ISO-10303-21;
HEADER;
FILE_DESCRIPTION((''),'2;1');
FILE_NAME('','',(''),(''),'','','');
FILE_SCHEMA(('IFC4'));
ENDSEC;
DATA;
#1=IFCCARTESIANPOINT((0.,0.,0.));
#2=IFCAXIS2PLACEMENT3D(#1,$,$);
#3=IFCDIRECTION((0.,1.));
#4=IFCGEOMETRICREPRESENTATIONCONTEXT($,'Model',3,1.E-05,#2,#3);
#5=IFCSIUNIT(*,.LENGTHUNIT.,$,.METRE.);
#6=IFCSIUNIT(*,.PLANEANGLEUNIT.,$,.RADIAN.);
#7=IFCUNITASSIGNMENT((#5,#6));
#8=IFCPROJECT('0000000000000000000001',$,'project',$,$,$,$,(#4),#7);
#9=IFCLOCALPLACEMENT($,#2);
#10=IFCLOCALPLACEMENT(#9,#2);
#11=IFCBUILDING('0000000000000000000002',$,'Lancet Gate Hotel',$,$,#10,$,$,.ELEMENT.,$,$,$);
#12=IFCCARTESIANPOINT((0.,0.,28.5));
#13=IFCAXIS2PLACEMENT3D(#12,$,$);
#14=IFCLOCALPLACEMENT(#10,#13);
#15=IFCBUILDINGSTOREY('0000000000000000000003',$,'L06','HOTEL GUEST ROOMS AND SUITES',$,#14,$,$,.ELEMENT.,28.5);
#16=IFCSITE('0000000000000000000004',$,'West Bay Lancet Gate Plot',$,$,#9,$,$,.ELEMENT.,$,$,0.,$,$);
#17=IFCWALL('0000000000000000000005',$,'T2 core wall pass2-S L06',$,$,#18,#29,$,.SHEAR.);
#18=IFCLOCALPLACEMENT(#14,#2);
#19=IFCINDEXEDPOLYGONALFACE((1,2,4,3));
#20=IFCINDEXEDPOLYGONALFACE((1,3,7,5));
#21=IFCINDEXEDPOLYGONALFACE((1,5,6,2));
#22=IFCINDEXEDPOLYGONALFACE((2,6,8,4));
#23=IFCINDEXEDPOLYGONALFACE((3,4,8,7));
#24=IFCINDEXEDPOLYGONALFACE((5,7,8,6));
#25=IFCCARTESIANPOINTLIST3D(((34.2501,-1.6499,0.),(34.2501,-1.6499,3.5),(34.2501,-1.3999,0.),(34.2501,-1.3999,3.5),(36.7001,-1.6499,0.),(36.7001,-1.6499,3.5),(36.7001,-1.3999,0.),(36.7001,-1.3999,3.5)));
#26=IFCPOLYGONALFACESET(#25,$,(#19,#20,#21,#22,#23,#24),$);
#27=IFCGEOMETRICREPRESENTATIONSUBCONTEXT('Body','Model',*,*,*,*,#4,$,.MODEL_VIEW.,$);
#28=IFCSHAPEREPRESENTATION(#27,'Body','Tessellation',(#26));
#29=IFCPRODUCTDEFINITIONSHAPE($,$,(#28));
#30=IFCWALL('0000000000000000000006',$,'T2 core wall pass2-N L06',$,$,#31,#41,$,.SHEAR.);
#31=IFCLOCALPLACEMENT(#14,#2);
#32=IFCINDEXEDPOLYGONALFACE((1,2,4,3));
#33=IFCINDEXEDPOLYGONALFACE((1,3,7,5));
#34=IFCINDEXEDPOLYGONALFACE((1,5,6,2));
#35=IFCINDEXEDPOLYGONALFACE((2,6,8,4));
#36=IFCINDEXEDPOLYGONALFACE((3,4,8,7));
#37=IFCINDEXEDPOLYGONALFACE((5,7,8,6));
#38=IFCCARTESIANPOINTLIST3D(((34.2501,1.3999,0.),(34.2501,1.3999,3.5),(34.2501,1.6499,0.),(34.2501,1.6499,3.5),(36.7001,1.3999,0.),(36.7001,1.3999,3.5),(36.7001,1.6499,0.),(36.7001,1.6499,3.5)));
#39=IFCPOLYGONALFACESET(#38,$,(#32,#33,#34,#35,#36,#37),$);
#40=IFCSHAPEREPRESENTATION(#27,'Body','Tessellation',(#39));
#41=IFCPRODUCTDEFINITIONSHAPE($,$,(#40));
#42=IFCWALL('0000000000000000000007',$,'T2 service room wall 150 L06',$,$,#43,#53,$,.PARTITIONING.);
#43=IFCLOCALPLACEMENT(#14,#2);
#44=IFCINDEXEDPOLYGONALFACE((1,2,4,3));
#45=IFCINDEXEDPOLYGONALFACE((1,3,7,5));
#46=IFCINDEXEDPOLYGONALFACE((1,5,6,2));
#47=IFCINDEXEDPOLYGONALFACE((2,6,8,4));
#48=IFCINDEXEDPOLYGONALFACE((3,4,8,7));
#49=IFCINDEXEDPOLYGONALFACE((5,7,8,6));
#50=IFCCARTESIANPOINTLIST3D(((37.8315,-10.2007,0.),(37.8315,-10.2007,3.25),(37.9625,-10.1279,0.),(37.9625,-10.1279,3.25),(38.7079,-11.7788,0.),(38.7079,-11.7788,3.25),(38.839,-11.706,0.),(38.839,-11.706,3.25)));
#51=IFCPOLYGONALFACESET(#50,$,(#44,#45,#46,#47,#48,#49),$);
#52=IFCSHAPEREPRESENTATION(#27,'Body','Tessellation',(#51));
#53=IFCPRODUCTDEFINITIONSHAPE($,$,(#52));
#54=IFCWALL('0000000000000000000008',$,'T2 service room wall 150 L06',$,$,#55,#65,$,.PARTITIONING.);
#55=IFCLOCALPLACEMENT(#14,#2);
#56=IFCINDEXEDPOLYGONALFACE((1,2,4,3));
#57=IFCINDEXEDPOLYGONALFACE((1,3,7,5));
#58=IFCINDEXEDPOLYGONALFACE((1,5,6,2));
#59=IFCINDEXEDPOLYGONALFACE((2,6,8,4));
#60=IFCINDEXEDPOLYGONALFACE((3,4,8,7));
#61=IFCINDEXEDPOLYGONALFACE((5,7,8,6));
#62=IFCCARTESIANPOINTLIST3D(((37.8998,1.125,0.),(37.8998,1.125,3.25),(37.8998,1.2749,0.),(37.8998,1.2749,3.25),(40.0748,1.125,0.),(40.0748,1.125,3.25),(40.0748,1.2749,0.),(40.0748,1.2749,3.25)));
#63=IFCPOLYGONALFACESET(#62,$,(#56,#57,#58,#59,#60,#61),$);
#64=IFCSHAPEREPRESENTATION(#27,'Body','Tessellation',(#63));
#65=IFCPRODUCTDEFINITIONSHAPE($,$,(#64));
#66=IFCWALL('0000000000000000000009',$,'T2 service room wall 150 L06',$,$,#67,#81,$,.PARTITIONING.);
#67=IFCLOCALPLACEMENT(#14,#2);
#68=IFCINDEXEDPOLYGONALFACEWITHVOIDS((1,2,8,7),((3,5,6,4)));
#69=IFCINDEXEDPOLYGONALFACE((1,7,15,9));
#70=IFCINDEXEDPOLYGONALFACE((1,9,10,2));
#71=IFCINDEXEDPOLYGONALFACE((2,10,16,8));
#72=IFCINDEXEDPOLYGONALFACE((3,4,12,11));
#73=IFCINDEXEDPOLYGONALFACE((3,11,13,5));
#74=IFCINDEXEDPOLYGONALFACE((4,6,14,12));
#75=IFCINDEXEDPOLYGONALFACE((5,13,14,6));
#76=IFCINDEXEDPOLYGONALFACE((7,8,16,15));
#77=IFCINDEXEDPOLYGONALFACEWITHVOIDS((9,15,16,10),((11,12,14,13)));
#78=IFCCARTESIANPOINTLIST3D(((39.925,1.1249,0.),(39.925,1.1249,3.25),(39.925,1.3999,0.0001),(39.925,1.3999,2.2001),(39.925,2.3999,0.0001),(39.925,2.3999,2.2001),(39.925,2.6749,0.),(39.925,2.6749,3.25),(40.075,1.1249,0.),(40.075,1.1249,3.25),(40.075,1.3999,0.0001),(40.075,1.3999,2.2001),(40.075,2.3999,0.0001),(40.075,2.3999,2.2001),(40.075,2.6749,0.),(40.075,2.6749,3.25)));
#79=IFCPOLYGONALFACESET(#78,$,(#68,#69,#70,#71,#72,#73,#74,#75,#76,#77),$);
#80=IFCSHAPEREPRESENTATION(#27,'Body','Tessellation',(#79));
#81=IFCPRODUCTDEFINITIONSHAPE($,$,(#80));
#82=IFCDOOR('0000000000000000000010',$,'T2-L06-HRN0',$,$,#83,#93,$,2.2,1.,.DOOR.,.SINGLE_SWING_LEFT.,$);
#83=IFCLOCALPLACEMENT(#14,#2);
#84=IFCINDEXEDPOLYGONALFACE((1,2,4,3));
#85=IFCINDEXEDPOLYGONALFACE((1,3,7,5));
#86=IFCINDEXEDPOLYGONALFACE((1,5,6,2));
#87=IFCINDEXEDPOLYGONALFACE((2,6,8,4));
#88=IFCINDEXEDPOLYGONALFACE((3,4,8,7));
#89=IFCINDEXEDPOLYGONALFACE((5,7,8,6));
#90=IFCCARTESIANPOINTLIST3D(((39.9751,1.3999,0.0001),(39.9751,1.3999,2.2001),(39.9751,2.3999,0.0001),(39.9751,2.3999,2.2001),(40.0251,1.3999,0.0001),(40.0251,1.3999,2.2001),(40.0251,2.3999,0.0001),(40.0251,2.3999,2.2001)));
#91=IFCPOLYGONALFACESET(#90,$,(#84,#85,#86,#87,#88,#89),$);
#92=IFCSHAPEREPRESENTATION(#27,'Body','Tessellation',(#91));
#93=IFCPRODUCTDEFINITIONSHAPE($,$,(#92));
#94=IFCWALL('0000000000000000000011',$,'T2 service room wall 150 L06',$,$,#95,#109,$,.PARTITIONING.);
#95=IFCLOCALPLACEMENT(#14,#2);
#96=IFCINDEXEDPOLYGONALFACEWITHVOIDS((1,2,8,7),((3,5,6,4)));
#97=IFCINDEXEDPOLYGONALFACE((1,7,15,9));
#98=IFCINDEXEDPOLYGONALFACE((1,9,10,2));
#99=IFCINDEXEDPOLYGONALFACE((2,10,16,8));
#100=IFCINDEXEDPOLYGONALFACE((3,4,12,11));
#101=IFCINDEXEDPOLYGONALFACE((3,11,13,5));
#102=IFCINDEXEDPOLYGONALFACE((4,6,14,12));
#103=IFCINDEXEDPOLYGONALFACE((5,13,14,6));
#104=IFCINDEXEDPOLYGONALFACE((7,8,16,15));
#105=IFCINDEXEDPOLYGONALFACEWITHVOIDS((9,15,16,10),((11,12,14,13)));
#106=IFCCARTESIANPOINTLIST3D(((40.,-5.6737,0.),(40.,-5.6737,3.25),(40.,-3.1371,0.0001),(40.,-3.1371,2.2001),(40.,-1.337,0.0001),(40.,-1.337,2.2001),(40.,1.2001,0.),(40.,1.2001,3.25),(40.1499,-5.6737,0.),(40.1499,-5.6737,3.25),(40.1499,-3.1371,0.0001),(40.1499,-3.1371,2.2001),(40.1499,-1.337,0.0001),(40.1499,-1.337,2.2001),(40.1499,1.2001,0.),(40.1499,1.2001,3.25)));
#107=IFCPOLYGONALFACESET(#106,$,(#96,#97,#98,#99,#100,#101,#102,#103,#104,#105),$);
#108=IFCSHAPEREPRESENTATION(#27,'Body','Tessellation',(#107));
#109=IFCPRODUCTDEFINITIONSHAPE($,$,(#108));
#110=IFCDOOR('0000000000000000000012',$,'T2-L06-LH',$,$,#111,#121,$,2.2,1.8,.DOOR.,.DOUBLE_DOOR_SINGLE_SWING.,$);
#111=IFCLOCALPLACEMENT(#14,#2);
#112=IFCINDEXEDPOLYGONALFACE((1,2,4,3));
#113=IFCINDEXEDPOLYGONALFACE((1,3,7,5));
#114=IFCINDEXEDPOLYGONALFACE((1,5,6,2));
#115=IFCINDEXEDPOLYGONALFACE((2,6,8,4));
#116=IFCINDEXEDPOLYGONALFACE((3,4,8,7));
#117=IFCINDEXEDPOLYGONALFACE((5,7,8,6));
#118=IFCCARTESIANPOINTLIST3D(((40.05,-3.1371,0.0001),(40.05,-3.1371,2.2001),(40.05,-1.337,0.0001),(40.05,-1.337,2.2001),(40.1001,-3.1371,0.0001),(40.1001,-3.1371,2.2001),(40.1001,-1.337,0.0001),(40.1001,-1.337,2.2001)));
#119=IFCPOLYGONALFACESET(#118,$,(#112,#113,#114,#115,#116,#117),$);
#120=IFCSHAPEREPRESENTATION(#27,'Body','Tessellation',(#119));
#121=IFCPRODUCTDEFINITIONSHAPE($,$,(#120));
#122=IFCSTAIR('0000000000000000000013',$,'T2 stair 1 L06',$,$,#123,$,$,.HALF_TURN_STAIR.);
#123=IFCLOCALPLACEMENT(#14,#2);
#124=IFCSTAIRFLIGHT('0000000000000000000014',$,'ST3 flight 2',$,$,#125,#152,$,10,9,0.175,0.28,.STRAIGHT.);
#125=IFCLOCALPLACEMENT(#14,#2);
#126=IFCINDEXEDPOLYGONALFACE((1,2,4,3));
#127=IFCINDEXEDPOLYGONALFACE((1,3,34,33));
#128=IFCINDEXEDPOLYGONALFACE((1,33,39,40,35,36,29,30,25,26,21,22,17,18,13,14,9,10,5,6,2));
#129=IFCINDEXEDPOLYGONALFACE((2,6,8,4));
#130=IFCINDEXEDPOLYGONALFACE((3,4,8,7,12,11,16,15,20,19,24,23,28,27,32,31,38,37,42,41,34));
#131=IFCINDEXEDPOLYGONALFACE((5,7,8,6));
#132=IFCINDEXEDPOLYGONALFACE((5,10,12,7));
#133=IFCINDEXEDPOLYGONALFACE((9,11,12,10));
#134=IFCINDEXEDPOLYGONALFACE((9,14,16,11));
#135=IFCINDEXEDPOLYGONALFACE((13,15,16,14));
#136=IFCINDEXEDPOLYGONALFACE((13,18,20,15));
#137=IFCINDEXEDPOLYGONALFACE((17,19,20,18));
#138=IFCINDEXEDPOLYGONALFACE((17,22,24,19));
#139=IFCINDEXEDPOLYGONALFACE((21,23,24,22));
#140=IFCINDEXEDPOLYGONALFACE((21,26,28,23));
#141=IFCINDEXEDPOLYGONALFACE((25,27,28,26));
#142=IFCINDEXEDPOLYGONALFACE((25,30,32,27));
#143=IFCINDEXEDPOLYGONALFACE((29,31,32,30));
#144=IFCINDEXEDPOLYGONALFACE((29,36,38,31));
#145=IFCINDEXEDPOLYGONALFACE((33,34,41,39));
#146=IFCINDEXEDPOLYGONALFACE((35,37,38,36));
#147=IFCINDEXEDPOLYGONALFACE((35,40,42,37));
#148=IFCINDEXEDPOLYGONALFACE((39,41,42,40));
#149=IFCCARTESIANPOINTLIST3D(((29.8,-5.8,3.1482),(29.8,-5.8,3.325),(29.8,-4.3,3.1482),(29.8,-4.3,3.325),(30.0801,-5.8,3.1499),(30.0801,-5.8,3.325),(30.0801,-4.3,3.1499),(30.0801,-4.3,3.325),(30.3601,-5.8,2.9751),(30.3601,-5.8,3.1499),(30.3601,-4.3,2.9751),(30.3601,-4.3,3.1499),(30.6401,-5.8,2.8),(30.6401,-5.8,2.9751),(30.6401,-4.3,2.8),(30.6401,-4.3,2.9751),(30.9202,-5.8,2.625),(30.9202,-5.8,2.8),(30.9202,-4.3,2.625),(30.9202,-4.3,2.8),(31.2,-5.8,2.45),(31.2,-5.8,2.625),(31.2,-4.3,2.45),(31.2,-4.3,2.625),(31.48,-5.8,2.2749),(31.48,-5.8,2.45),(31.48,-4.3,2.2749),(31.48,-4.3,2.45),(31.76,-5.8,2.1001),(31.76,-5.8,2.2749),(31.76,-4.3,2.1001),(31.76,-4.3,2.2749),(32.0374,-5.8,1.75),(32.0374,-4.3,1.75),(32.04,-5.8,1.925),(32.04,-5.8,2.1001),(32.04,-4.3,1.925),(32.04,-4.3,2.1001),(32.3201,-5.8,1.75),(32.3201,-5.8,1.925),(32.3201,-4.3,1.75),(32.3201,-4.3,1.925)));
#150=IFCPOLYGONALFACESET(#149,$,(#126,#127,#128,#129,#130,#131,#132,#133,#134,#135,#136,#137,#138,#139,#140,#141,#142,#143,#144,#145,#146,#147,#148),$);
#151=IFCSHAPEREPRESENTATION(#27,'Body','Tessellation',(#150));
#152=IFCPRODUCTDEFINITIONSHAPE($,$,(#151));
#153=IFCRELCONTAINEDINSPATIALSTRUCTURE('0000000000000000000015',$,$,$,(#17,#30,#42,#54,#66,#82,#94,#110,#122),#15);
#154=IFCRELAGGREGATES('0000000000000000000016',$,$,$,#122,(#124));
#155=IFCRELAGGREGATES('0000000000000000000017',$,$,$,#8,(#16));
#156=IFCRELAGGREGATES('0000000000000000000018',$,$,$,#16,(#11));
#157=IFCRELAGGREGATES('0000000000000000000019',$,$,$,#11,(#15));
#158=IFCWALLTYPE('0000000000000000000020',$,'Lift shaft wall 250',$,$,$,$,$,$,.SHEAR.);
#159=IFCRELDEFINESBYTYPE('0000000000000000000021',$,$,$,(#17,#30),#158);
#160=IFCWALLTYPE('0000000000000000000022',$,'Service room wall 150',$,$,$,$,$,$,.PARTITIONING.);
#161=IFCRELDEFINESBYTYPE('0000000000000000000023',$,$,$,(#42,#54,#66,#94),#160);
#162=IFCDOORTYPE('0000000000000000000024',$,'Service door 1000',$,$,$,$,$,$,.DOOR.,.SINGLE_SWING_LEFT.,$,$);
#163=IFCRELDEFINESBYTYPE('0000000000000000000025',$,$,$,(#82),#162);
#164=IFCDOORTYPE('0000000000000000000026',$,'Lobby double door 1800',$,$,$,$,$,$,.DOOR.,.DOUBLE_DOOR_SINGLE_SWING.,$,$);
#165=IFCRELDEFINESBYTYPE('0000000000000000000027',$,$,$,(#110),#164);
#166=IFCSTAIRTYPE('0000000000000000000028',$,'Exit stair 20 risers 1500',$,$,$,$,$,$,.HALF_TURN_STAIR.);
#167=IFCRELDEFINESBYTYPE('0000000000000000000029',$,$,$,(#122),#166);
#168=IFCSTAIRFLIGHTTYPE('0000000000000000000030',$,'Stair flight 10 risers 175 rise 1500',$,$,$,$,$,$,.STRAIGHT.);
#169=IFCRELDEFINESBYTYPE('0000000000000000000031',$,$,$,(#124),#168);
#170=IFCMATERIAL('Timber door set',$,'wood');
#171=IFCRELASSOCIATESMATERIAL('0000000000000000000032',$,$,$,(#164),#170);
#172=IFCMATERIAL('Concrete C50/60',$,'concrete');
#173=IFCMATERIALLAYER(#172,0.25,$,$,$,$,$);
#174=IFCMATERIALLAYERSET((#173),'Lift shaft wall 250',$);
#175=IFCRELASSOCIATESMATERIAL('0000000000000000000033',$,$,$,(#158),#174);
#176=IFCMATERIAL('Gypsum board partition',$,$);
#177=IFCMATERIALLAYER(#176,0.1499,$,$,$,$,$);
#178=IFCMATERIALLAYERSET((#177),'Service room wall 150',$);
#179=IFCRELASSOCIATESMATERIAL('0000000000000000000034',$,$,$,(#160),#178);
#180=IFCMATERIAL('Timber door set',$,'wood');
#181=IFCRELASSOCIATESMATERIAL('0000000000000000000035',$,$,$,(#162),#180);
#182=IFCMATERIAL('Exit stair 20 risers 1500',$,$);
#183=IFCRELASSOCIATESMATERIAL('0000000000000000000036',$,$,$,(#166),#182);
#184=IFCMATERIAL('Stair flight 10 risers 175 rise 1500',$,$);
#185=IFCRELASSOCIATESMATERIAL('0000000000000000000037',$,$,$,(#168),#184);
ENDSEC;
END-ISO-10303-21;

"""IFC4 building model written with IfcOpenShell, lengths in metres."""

from ifc_helpers import new_model, si_unit, direction, frame, frame_2d, origin, place, context, subcontext, project, spatial, polyline, rectangle, outline, extrude, material, layer, layer_set, type_object, element, fill, aggregate, save


model = new_model("IFC4")

# Units and contexts
model_context = context("Model", 3, precision=1e-05, world=origin(), true_north=direction((0.0, 1.0)))
body_context = subcontext(model_context, "Body", "Model", "MODEL_VIEW")
ifc_project = project(units=[si_unit("LENGTHUNIT", "METRE"), si_unit("PLANEANGLEUNIT", "RADIAN")], contexts=[model_context])

# Site, building, storey
site_placement = place(None, origin())
site = spatial("IfcSite", under=ifc_project, at=site_placement, Name="West Bay Lancet Gate Plot", CompositionType="ELEMENT", RefElevation=0.0)
building_placement = place(site_placement, origin())
building = spatial("IfcBuilding", under=site, at=building_placement, Name="Lancet Gate Hotel", CompositionType="ELEMENT")
storey_placement = place(building_placement, frame((0.0, 0.0, 28.5)))
storey = spatial("IfcBuildingStorey", under=building, at=storey_placement, Name="L06", Description="HOTEL GUEST ROOMS AND SUITES", CompositionType="ELEMENT", Elevation=28.5)

# Shared definitions
ifc_material_1 = material(Name="Timber door set", Category="wood")
door_type_1 = type_object("IfcDoorType", Name="Lobby double door 1800", OperationType="DOUBLE_DOOR_SINGLE_SWING", PredefinedType="DOOR", material=ifc_material_1)

# Shared definitions
ifc_material_2 = material(Name="Concrete C50/60", Category="concrete")
ifc_layer_1 = layer(ifc_material_2, 0.25)
ifc_layer_set_1 = layer_set([ifc_layer_1], Name="Lift shaft wall 250")
wall_type_1 = type_object("IfcWallType", Name="Lift shaft wall 250", PredefinedType="SHEAR", material=ifc_layer_set_1)

# Walls
for number, where, z_axis, x_axis, name in (
    (1, (34.25, -1.5249, 0.0), (0.0, 0.0, 1.0), (1.0, 0.0, 0.0), "T2 core wall pass2-S L06"),
    (2, (34.25, 1.5249, 0.0), (0.0, 0.0, 1.0), (1.0, 0.0, 0.0), "T2 core wall pass2-N L06"),
):
    element("IfcWall", number, at=place(storey_placement, frame(where, z_axis=z_axis, x_axis=x_axis)), inside=storey, type_object=wall_type_1, Name=name, PredefinedType="SHEAR", context=body_context, shape_type="SweptSolid", body=[
        extrude(rectangle(XDim=2.45, YDim=0.25, at=frame_2d((1.2251, 0.0))), origin(), (0.0, 0.0, 1.0), 3.5),
    ])
ifc_material_3 = material(Name="Gypsum board partition")
ifc_layer_2 = layer(ifc_material_3, 0.1499)
ifc_layer_set_2 = layer_set([ifc_layer_2], Name="Service room wall 150")
wall_type_2 = type_object("IfcWallType", Name="Service room wall 150", PredefinedType="PARTITIONING", material=ifc_layer_set_2)
wall_1_placement = place(storey_placement, frame((38.7734, -11.7424, 0.0), z_axis=(0.0, 0.0, 1.0), x_axis=(-0.485528, 0.874221, 0.0)))
element("IfcWall", 3, at=wall_1_placement, inside=storey, type_object=wall_type_2, Name="T2 service room wall 150 L06", PredefinedType="PARTITIONING", context=body_context, shape_type="SweptSolid", body=[
    extrude(rectangle(XDim=1.8052, YDim=0.1499, at=frame_2d((0.9026, 0.0))), origin(), (0.0, 0.0, 1.0), 3.25),
])
wall_2_placement = place(storey_placement, frame((37.8999, 1.2, 0.0), z_axis=(0.0, 0.0, 1.0), x_axis=(1.0, 0.0, 0.0)))
element("IfcWall", 4, at=wall_2_placement, inside=storey, type_object=wall_type_2, Name="T2 service room wall 150 L06", PredefinedType="PARTITIONING", context=body_context, shape_type="SweptSolid", body=[
    extrude(rectangle(XDim=2.175, YDim=0.1499, at=frame_2d((1.0874, 0.0))), origin(), (0.0, 0.0, 1.0), 3.25),
])

# Walls, openings, doors
wall_3_placement = place(storey_placement, frame((40.0, 1.125, 0.0), z_axis=(0.0, 0.0, 1.0), x_axis=(0.0, 1.0, 0.0)))
wall_3 = element("IfcWall", 5, at=wall_3_placement, inside=storey, type_object=wall_type_2, Name="T2 service room wall 150 L06", PredefinedType="PARTITIONING", context=body_context, shape_type="SweptSolid", body=[
    extrude(rectangle(XDim=1.55, YDim=0.1499, at=frame_2d((0.7749, 0.0))), origin(), (0.0, 0.0, 1.0), 3.25),
])
opening_1_placement = place(wall_3_placement, frame((0.2749, 0.0, 0.0)))
opening_1 = element("IfcOpeningElement", 6, at=opening_1_placement, cuts=wall_3, PredefinedType="OPENING", context=body_context, shape_type="SweptSolid", body=[
    extrude(rectangle(XDim=1.0, YDim=2.2, at=frame_2d((0.5, 1.1001))), frame((0.0, 0.085, 0.0), z_axis=(0.0, -1.0, 0.0), x_axis=(1.0, 0.0, 0.0)), (0.0, 0.0, 1.0), 0.1699),
])
ifc_material_4 = material(Name="Timber door set", Category="wood")
door_type_2 = type_object("IfcDoorType", Name="Service door 1000", OperationType="SINGLE_SWING_LEFT", PredefinedType="DOOR", material=ifc_material_4)
door_1_placement = place(opening_1_placement, origin())
door_1 = element("IfcDoor", 7, at=door_1_placement, inside=storey, type_object=door_type_2, Name="T2-L06-HRN0", OperationType="SINGLE_SWING_LEFT", OverallHeight=2.2, OverallWidth=1.0, PredefinedType="DOOR", context=body_context, shape_type="SweptSolid", body=[
    extrude(rectangle(XDim=1.0, YDim=2.2, at=frame_2d((0.5, 1.1001))), frame((0.0, 0.0249, 0.0), z_axis=(0.0, -1.0, 0.0), x_axis=(1.0, 0.0, 0.0)), (0.0, 0.0, 1.0), 0.05),
])
fill(opening_1, door_1)
wall_4_placement = place(storey_placement, frame((40.075, -5.6738, 0.0), z_axis=(0.0, 0.0, 1.0), x_axis=(0.0, 1.0, 0.0)))
wall_4 = element("IfcWall", 8, at=wall_4_placement, inside=storey, type_object=wall_type_2, Name="T2 service room wall 150 L06", PredefinedType="PARTITIONING", context=body_context, shape_type="SweptSolid", body=[
    extrude(rectangle(XDim=6.8738, YDim=0.1499, at=frame_2d((3.437, 0.0))), origin(), (0.0, 0.0, 1.0), 3.25),
])
opening_2_placement = place(wall_4_placement, frame((2.5369, 0.0, 0.0)))
opening_2 = element("IfcOpeningElement", 9, at=opening_2_placement, cuts=wall_4, PredefinedType="OPENING", context=body_context, shape_type="SweptSolid", body=[
    extrude(rectangle(XDim=1.8, YDim=2.2, at=frame_2d((0.8999, 1.1001))), frame((0.0, 0.085, 0.0), z_axis=(0.0, -1.0, 0.0), x_axis=(1.0, 0.0, 0.0)), (0.0, 0.0, 1.0), 0.1699),
])
door_2_placement = place(opening_2_placement, origin())
door_2 = element("IfcDoor", 10, at=door_2_placement, inside=storey, type_object=door_type_1, Name="T2-L06-LH", OperationType="DOUBLE_DOOR_SINGLE_SWING", OverallHeight=2.2, OverallWidth=1.8, PredefinedType="DOOR", context=body_context, shape_type="SweptSolid", body=[
    extrude(rectangle(XDim=1.8, YDim=2.2, at=frame_2d((0.8999, 1.1001))), frame((0.0, 0.0249, 0.0), z_axis=(0.0, -1.0, 0.0), x_axis=(1.0, 0.0, 0.0)), (0.0, 0.0, 1.0), 0.05),
])
fill(opening_2, door_2)

# Stair, stair flight
ifc_material_5 = material(Name="Exit stair 20 risers 1500")
stair_type = type_object("IfcStairType", Name="Exit stair 20 risers 1500", PredefinedType="HALF_TURN_STAIR", material=ifc_material_5)
stair_placement = place(storey_placement, origin())
stair = element("IfcStair", 11, at=stair_placement, inside=storey, type_object=stair_type, Name="T2 stair 1 L06", PredefinedType="HALF_TURN_STAIR")
ifc_material_6 = material(Name="Stair flight 10 risers 175 rise 1500")
stair_flight_type = type_object("IfcStairFlightType", Name="Stair flight 10 risers 175 rise 1500", PredefinedType="STRAIGHT", material=ifc_material_6)
stair_flight_placement = place(storey_placement, frame((32.3201, -5.05, 1.75), z_axis=(0.0, 0.0, 1.0), x_axis=(-1.0, 0.0, 0.0)))
stair_flight = element("IfcStairFlight", 12, at=stair_flight_placement, type_object=stair_flight_type, Name="ST3 flight 2", NumberOfRisers=10, NumberOfTreads=9, PredefinedType="STRAIGHT", RiserHeight=0.175, TreadLength=0.28, context=body_context, shape_type="SweptSolid", body=[
    extrude(outline(polyline([(0.0, 0.0), (0.0, 0.175), (0.28, 0.175), (0.28, 0.3501), (0.5601, 0.3501), (0.5601, 0.5249), (0.8401, 0.5249), (0.8401, 0.7), (1.1201, 0.7), (1.1201, 0.875), (1.3999, 0.875), (1.3999, 1.05), (1.6799, 1.05), (1.6799, 1.2251), (1.96, 1.2251), (1.96, 1.3999), (2.24, 1.3999), (2.24, 1.575), (2.52, 1.575), (2.52, 1.75), (2.52, 1.3982), (0.2827, 0.0), (0.0, 0.0)])), frame((0.0, 0.75, 0.0), z_axis=(0.0, -1.0, 0.0), x_axis=(1.0, 0.0, 0.0)), (0.0, 0.0, 1.0), 1.5),
])
aggregate(stair, [stair_flight])

save(model, "model.ifc")
